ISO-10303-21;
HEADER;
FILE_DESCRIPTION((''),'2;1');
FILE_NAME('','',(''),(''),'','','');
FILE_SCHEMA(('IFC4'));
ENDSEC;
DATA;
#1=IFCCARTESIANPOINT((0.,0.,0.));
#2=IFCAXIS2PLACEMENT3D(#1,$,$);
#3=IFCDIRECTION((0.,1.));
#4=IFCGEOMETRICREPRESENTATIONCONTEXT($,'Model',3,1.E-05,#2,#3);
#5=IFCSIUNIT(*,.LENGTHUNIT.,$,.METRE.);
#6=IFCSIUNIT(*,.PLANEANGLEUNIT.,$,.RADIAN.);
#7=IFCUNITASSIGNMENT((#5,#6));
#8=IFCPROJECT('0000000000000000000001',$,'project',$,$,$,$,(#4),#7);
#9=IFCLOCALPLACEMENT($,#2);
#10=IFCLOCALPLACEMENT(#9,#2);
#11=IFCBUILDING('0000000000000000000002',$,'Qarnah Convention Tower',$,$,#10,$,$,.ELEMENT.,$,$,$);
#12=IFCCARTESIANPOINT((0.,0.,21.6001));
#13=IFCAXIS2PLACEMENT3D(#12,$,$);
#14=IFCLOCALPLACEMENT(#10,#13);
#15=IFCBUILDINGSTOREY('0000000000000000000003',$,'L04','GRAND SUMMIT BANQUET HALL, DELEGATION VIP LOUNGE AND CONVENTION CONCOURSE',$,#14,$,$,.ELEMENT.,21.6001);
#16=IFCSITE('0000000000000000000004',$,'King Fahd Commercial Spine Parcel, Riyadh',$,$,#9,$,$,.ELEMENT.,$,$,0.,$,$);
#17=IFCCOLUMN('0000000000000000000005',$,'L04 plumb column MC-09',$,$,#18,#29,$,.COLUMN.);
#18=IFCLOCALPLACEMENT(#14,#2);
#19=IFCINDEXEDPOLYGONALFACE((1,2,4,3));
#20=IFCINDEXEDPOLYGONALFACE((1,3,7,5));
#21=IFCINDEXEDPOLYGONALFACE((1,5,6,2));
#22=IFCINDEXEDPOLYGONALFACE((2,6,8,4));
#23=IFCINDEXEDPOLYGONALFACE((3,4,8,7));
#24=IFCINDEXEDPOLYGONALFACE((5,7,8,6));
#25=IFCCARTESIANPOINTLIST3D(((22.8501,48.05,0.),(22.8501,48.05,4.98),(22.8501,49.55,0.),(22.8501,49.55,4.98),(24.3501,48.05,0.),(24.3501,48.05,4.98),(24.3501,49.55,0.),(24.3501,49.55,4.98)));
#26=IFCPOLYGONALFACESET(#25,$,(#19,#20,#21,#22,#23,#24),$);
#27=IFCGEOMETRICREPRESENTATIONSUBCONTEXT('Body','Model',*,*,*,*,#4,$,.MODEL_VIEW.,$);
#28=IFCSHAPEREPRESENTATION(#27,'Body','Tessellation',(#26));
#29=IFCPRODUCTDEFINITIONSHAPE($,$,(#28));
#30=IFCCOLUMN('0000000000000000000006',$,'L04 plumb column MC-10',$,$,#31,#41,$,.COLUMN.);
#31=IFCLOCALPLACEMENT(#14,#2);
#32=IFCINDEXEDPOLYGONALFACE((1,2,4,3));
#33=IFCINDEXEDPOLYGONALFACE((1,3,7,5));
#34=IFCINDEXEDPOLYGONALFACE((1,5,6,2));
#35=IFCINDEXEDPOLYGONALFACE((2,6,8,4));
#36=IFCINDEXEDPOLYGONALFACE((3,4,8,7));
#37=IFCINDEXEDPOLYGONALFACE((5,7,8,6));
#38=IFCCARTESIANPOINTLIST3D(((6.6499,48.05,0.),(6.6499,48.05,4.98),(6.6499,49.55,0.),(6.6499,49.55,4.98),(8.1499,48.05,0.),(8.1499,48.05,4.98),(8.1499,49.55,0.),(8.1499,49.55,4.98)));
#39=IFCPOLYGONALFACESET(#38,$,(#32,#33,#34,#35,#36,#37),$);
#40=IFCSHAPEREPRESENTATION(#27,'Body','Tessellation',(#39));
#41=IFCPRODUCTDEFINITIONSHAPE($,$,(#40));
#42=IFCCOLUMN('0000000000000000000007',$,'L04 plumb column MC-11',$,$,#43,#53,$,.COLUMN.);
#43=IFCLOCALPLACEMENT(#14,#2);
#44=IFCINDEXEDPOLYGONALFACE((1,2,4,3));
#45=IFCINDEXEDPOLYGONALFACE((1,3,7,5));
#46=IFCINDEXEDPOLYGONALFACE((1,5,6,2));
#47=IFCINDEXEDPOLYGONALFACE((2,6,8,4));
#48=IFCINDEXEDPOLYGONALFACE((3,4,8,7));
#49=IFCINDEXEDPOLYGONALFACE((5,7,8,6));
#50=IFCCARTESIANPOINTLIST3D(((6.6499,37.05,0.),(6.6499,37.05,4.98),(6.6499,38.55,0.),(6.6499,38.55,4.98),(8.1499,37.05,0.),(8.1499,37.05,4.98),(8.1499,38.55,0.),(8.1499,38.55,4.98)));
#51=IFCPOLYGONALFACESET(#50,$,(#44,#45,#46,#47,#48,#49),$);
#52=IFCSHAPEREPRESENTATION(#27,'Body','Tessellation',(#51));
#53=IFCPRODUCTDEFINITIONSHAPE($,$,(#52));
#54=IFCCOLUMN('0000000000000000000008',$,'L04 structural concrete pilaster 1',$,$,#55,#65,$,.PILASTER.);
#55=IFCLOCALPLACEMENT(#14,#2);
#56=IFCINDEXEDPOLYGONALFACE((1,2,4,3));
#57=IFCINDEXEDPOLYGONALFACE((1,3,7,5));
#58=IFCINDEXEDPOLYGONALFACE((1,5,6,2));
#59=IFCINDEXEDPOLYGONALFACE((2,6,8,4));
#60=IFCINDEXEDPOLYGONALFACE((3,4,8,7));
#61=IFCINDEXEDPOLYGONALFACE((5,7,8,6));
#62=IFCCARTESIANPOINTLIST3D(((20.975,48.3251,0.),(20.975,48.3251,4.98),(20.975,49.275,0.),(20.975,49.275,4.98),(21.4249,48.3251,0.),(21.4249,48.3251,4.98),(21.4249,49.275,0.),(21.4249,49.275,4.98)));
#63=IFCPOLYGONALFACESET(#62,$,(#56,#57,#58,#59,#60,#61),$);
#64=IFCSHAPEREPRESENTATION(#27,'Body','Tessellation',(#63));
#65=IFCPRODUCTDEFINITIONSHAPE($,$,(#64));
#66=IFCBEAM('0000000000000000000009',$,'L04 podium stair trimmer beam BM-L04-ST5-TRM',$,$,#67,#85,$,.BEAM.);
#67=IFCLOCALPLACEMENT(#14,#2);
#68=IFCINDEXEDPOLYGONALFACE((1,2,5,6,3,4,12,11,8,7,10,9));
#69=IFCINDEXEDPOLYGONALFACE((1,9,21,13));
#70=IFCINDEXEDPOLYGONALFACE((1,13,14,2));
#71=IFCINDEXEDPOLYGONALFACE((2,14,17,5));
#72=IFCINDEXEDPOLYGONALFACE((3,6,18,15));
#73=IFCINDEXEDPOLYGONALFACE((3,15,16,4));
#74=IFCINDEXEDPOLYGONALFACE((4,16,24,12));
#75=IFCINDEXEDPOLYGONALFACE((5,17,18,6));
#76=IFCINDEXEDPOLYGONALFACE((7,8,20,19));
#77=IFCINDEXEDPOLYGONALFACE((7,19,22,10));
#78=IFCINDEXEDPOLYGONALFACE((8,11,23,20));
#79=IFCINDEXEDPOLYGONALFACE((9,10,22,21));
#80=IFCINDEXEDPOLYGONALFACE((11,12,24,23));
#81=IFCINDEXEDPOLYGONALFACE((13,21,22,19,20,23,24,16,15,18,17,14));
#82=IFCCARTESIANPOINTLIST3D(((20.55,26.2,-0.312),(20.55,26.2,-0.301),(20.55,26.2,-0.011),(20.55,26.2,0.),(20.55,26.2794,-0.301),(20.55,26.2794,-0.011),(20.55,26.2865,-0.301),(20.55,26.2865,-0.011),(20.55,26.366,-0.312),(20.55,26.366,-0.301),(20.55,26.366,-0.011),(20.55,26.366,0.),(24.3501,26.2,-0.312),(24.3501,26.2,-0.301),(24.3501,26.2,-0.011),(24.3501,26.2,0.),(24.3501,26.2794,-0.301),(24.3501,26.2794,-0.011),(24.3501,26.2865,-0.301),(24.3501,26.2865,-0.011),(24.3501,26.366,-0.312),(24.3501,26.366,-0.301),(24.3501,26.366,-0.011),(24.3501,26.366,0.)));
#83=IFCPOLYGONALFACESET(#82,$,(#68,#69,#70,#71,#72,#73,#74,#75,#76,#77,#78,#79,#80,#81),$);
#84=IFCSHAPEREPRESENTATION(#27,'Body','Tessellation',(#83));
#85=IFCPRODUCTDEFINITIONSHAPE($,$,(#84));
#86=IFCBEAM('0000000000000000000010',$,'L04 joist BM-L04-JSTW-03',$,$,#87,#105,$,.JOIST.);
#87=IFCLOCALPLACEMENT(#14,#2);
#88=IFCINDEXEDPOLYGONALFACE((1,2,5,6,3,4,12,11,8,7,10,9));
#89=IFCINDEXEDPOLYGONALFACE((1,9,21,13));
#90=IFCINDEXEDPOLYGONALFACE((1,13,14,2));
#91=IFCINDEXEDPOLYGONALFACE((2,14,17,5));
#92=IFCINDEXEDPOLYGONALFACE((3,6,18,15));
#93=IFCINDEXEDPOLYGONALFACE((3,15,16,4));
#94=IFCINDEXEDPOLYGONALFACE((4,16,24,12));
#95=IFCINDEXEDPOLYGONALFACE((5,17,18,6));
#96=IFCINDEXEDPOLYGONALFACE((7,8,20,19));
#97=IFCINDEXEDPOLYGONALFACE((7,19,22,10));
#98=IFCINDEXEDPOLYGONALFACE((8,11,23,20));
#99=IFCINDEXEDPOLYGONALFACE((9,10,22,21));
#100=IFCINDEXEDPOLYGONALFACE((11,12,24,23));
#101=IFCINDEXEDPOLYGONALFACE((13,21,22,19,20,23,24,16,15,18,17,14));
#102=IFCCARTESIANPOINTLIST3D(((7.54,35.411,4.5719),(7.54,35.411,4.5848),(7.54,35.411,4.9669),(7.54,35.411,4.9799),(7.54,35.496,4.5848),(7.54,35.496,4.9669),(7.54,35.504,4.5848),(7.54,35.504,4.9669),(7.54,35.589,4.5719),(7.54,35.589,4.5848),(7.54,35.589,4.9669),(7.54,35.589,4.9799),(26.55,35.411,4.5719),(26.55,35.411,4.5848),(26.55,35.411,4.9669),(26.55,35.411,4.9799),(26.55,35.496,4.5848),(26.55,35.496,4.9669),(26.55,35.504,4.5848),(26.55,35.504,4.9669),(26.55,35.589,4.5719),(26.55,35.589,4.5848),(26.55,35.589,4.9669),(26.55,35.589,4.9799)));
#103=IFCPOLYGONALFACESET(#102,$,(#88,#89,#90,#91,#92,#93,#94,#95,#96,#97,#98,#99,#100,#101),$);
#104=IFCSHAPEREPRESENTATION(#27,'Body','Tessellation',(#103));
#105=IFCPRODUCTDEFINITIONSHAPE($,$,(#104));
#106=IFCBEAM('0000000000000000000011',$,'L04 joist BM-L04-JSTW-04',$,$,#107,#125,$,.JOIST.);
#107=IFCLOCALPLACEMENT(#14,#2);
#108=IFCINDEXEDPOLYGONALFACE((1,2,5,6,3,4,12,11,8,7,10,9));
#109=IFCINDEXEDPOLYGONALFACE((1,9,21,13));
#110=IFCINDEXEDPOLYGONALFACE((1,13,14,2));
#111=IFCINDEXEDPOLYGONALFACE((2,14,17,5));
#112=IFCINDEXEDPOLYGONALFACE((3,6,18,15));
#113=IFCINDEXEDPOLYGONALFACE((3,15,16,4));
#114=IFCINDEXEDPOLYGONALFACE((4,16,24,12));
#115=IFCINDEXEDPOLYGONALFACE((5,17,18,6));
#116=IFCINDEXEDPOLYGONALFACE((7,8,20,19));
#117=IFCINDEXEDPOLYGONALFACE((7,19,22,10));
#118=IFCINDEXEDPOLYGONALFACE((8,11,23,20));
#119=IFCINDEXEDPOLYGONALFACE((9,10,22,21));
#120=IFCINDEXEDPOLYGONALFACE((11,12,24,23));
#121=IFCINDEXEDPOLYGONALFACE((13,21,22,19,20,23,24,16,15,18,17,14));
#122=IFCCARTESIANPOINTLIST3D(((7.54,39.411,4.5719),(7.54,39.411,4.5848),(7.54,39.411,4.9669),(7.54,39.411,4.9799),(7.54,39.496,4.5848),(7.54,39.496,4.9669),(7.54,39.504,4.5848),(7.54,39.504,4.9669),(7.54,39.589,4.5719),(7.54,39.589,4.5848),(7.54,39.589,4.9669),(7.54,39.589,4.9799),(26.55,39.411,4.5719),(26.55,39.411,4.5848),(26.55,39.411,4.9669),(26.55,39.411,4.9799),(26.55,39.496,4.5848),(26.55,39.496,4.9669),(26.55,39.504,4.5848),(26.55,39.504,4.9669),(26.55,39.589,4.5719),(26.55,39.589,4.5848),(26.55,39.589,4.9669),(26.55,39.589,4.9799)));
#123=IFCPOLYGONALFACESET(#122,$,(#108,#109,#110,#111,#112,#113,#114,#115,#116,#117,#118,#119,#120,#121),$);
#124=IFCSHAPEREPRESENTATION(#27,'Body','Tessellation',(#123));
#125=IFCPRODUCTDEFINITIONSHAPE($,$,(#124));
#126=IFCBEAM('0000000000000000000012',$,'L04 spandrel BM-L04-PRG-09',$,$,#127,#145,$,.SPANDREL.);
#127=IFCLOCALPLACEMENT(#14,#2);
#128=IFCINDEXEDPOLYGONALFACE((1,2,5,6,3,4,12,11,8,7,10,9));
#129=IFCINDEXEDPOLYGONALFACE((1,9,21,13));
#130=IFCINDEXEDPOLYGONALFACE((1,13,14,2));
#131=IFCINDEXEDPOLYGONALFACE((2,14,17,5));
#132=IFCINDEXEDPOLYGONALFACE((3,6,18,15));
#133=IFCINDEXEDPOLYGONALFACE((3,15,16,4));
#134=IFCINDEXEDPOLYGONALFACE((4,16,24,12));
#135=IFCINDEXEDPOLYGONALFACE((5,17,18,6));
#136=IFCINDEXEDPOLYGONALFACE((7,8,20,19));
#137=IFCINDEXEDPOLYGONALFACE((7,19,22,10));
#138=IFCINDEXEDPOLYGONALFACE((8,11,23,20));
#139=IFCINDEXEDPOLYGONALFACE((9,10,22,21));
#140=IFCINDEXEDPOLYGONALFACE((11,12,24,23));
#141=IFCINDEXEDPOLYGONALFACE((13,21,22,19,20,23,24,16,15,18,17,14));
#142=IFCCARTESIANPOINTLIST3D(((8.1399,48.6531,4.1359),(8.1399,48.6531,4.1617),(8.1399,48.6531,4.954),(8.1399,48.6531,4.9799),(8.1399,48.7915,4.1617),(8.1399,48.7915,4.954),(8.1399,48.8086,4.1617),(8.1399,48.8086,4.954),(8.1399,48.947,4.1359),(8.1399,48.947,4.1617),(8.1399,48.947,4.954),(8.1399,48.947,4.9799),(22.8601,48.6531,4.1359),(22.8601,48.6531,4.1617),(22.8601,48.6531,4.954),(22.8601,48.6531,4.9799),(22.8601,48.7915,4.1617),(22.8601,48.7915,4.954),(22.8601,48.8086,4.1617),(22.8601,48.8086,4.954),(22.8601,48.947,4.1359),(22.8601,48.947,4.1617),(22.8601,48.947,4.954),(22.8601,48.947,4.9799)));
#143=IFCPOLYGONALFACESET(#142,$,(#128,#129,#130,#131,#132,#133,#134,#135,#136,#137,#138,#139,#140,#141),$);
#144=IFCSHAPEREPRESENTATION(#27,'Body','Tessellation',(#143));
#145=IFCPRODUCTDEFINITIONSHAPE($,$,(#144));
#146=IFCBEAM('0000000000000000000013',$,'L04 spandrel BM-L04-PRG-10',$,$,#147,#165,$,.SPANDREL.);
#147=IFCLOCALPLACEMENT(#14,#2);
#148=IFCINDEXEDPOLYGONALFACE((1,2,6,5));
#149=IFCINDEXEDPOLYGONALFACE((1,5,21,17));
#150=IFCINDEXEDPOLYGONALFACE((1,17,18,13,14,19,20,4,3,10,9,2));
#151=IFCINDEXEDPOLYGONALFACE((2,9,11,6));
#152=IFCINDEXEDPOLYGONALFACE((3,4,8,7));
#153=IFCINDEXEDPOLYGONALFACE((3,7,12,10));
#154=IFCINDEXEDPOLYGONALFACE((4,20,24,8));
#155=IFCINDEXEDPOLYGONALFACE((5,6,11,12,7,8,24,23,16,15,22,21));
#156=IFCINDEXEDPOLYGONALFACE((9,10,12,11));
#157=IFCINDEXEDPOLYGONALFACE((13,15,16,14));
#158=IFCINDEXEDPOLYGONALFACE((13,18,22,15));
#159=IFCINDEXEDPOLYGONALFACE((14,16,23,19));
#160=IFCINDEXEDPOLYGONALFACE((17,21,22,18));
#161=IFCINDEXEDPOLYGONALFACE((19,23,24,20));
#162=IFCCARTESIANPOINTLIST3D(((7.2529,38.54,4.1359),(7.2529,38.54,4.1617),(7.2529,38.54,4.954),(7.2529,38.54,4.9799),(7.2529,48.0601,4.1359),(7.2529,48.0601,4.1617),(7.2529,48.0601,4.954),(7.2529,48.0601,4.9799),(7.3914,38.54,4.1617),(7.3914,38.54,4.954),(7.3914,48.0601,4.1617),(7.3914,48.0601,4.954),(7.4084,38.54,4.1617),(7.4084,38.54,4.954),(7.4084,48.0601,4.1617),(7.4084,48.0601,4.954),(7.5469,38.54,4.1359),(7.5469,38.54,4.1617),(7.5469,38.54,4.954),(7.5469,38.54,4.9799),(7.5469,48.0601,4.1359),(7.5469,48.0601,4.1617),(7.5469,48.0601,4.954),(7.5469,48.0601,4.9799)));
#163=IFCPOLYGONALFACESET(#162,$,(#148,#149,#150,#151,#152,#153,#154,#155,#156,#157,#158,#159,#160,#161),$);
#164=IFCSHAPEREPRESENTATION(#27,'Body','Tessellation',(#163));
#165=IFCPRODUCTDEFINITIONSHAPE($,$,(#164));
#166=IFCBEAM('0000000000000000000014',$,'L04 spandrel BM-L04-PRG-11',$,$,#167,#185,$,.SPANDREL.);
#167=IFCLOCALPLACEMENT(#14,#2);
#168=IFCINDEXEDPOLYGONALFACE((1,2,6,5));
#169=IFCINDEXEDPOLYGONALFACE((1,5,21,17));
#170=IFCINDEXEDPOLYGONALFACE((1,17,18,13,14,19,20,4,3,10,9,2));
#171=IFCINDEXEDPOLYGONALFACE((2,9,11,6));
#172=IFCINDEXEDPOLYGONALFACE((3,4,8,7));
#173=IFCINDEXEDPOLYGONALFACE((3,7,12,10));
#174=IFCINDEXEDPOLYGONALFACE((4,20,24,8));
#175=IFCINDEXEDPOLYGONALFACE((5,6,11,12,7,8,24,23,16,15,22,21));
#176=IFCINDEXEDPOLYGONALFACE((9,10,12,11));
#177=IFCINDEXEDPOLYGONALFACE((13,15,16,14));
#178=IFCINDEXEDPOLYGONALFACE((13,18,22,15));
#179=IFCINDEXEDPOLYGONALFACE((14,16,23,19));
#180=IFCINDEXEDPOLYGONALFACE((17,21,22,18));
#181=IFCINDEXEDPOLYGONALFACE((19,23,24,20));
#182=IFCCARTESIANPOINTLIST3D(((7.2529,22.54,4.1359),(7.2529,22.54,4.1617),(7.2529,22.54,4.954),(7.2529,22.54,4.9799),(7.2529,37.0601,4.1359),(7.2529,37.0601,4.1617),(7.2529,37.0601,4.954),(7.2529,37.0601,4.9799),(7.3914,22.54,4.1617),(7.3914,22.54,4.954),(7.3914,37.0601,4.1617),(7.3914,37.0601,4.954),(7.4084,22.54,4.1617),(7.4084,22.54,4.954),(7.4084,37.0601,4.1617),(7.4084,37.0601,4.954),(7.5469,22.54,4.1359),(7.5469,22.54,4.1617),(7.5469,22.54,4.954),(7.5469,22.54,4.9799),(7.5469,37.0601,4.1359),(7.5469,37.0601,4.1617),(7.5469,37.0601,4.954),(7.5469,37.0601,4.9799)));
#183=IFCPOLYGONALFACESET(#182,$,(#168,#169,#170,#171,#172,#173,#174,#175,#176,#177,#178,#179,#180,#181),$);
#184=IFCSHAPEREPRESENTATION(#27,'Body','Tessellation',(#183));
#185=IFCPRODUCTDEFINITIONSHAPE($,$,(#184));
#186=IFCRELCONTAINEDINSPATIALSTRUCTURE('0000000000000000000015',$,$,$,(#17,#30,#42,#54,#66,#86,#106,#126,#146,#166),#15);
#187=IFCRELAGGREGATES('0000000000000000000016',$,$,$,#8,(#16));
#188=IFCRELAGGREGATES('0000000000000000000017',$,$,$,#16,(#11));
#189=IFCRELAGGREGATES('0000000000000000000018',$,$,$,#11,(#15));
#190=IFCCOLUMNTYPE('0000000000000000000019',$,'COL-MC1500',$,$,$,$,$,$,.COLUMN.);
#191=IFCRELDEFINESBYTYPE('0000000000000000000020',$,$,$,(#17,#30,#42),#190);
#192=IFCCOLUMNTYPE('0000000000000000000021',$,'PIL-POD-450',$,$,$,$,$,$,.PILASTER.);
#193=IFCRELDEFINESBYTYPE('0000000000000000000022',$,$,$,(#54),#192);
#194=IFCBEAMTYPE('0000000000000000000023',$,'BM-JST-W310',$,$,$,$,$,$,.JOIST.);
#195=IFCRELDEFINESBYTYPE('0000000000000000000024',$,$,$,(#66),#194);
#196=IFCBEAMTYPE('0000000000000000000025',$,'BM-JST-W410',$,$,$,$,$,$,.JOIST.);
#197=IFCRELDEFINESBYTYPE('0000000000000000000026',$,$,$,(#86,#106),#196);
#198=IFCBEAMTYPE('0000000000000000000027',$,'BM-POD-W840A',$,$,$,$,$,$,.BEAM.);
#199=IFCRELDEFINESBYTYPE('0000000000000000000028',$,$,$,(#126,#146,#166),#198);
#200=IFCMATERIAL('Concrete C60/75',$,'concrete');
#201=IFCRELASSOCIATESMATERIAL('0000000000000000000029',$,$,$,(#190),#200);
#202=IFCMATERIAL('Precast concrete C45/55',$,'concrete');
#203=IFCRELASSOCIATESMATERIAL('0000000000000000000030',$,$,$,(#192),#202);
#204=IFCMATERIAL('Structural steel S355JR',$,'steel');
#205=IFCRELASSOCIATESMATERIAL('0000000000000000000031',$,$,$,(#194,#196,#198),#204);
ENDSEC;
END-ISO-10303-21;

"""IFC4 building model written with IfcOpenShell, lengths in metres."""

from ifc_helpers import new_model, si_unit, direction, frame, origin, origin_2d, place, context, subcontext, project, spatial, rectangle, i_section, extrude, material, material_profile, profile_set, type_object, element, save


model = new_model("IFC4")

# Units and contexts
model_context = context("Model", 3, precision=1e-05, world=origin(), true_north=direction((0.0, 1.0)))
body_context = subcontext(model_context, "Body", "Model", "MODEL_VIEW")
ifc_project = project(units=[si_unit("LENGTHUNIT", "METRE"), si_unit("PLANEANGLEUNIT", "RADIAN")], contexts=[model_context])

# Site, building, storey
site_placement = place(None, origin())
site = spatial("IfcSite", under=ifc_project, at=site_placement, Name="King Fahd Commercial Spine Parcel, Riyadh", CompositionType="ELEMENT", RefElevation=0.0)
building_placement = place(site_placement, origin())
building = spatial("IfcBuilding", under=site, at=building_placement, Name="Qarnah Convention Tower", CompositionType="ELEMENT")
storey_placement = place(building_placement, frame((0.0, 0.0, 21.6001)))
storey = spatial("IfcBuildingStorey", under=building, at=storey_placement, Name="L04", Description="GRAND SUMMIT BANQUET HALL, DELEGATION VIP LOUNGE AND CONVENTION CONCOURSE", CompositionType="ELEMENT", Elevation=21.6001)

# Columns
ifc_material_1 = material(Name="Concrete C60/75", Category="concrete")
ifc_material_profile_1 = material_profile(ifc_material_1, rectangle(XDim=1.5, YDim=1.5, at=origin_2d()), Name="RC-COL-1500X1500")
ifc_profile_set_1 = profile_set([ifc_material_profile_1], Name="Concrete C60/75")
column_type_1 = type_object("IfcColumnType", Name="COL-MC1500", PredefinedType="COLUMN", material=ifc_profile_set_1)
for number, where, z_axis, x_axis, name in (
    (1, (23.6001, 48.8, 0.0), (0.0, 0.0, 1.0), (1.0, 0.0, 0.0), "L04 plumb column MC-09"),
    (2, (7.3999, 48.8, 0.0), (0.0, 0.0, 1.0), (1.0, 0.0, 0.0), "L04 plumb column MC-10"),
    (3, (7.3999, 37.8, 0.0), (0.0, 0.0, 1.0), (1.0, 0.0, 0.0), "L04 plumb column MC-11"),
):
    element("IfcColumn", number, at=place(storey_placement, frame(where, z_axis=z_axis, x_axis=x_axis)), inside=storey, type_object=column_type_1, Name=name, PredefinedType="COLUMN", context=body_context, shape_type="SweptSolid", body=[
        extrude(rectangle(XDim=1.5, YDim=1.5, at=origin_2d()), origin(), (0.0, 0.0, 1.0), 4.98),
    ])
ifc_material_2 = material(Name="Precast concrete C45/55", Category="concrete")
ifc_material_profile_2 = material_profile(ifc_material_2, rectangle(XDim=0.45, YDim=0.95, at=origin_2d()), Name="PC-RIB-450X950")
ifc_profile_set_2 = profile_set([ifc_material_profile_2], Name="Precast concrete C45/55")
column_type_2 = type_object("IfcColumnType", Name="PIL-POD-450", PredefinedType="PILASTER", material=ifc_profile_set_2)
column_placement = place(storey_placement, frame((21.2, 48.8, 0.0), z_axis=(0.0, 0.0, 1.0), x_axis=(1.0, 0.0, 0.0)))
element("IfcColumn", 4, at=column_placement, inside=storey, type_object=column_type_2, Name="L04 structural concrete pilaster 1", PredefinedType="PILASTER", context=body_context, shape_type="SweptSolid", body=[
    extrude(rectangle(XDim=0.45, YDim=0.95, at=origin_2d()), origin(), (0.0, 0.0, 1.0), 4.98),
])

# Beams
ifc_material_3 = material(Name="Structural steel S355JR", Category="steel")
ifc_material_profile_3 = material_profile(ifc_material_3, i_section(OverallWidth=0.166, OverallDepth=0.312, WebThickness=0.0071, FlangeThickness=0.011, at=origin_2d()), Name="W310X45")
ifc_profile_set_3 = profile_set([ifc_material_profile_3], Name="Structural steel S355JR")
beam_type_1 = type_object("IfcBeamType", Name="BM-JST-W310", PredefinedType="JOIST", material=ifc_profile_set_3)
beam_1_placement = place(storey_placement, frame((20.55, 26.283, -0.156), z_axis=(1.0, 0.0, 0.0), x_axis=(0.0, 1.0, 0.0)))
element("IfcBeam", 5, at=beam_1_placement, inside=storey, type_object=beam_type_1, Name="L04 podium stair trimmer beam BM-L04-ST5-TRM", PredefinedType="BEAM", context=body_context, shape_type="SweptSolid", body=[
    extrude(i_section(OverallWidth=0.166, OverallDepth=0.312, WebThickness=0.0071, FlangeThickness=0.011, at=origin_2d()), origin(), (0.0, 0.0, 1.0), 3.8),
])
ifc_material_profile_4 = material_profile(ifc_material_3, i_section(OverallWidth=0.178, OverallDepth=0.408, WebThickness=0.0081, FlangeThickness=0.0129, at=origin_2d()), Name="W410X60")
ifc_profile_set_4 = profile_set([ifc_material_profile_4], Name="Structural steel S355JR")
beam_type_2 = type_object("IfcBeamType", Name="BM-JST-W410", PredefinedType="JOIST", material=ifc_profile_set_4)
for number, where, z_axis, x_axis, name in (
    (6, (7.54, 35.5, 4.7759), (1.0, 0.0, 0.0), (0.0, 1.0, 0.0), "L04 joist BM-L04-JSTW-03"),
    (7, (7.54, 39.5, 4.7759), (1.0, 0.0, 0.0), (0.0, 1.0, 0.0), "L04 joist BM-L04-JSTW-04"),
):
    element("IfcBeam", number, at=place(storey_placement, frame(where, z_axis=z_axis, x_axis=x_axis)), inside=storey, type_object=beam_type_2, Name=name, PredefinedType="JOIST", context=body_context, shape_type="SweptSolid", body=[
        extrude(i_section(OverallWidth=0.178, OverallDepth=0.408, WebThickness=0.0081, FlangeThickness=0.0129, at=origin_2d()), origin(), (0.0, 0.0, 1.0), 19.01),
    ])
ifc_material_profile_5 = material_profile(ifc_material_3, i_section(OverallWidth=0.2939, OverallDepth=0.844, WebThickness=0.0171, FlangeThickness=0.0259, at=origin_2d()), Name="W840X251")
ifc_profile_set_5 = profile_set([ifc_material_profile_5], Name="Structural steel S355JR")
beam_type_3 = type_object("IfcBeamType", Name="BM-POD-W840A", PredefinedType="BEAM", material=ifc_profile_set_5)
beam_2_placement = place(storey_placement, frame((22.8601, 48.8, 4.5579), z_axis=(-1.0, 0.0, 0.0), x_axis=(0.0, -1.0, 0.0)))
element("IfcBeam", 8, at=beam_2_placement, inside=storey, type_object=beam_type_3, Name="L04 spandrel BM-L04-PRG-09", PredefinedType="SPANDREL", context=body_context, shape_type="SweptSolid", body=[
    extrude(i_section(OverallWidth=0.2939, OverallDepth=0.844, WebThickness=0.0171, FlangeThickness=0.0259, at=origin_2d()), origin(), (0.0, 0.0, 1.0), 14.7202),
])
beam_3_placement = place(storey_placement, frame((7.3999, 48.0601, 4.5579), z_axis=(0.0, -1.0, 0.0), x_axis=(1.0, 0.0, 0.0)))
element("IfcBeam", 9, at=beam_3_placement, inside=storey, type_object=beam_type_3, Name="L04 spandrel BM-L04-PRG-10", PredefinedType="SPANDREL", context=body_context, shape_type="SweptSolid", body=[
    extrude(i_section(OverallWidth=0.2939, OverallDepth=0.844, WebThickness=0.0171, FlangeThickness=0.0259, at=origin_2d()), origin(), (0.0, 0.0, 1.0), 9.52),
])
beam_4_placement = place(storey_placement, frame((7.3999, 37.0601, 4.5579), z_axis=(0.0, -1.0, 0.0), x_axis=(1.0, 0.0, 0.0)))
element("IfcBeam", 10, at=beam_4_placement, inside=storey, type_object=beam_type_3, Name="L04 spandrel BM-L04-PRG-11", PredefinedType="SPANDREL", context=body_context, shape_type="SweptSolid", body=[
    extrude(i_section(OverallWidth=0.2939, OverallDepth=0.844, WebThickness=0.0171, FlangeThickness=0.0259, at=origin_2d()), origin(), (0.0, 0.0, 1.0), 14.52),
])

save(model, "model.ifc")
